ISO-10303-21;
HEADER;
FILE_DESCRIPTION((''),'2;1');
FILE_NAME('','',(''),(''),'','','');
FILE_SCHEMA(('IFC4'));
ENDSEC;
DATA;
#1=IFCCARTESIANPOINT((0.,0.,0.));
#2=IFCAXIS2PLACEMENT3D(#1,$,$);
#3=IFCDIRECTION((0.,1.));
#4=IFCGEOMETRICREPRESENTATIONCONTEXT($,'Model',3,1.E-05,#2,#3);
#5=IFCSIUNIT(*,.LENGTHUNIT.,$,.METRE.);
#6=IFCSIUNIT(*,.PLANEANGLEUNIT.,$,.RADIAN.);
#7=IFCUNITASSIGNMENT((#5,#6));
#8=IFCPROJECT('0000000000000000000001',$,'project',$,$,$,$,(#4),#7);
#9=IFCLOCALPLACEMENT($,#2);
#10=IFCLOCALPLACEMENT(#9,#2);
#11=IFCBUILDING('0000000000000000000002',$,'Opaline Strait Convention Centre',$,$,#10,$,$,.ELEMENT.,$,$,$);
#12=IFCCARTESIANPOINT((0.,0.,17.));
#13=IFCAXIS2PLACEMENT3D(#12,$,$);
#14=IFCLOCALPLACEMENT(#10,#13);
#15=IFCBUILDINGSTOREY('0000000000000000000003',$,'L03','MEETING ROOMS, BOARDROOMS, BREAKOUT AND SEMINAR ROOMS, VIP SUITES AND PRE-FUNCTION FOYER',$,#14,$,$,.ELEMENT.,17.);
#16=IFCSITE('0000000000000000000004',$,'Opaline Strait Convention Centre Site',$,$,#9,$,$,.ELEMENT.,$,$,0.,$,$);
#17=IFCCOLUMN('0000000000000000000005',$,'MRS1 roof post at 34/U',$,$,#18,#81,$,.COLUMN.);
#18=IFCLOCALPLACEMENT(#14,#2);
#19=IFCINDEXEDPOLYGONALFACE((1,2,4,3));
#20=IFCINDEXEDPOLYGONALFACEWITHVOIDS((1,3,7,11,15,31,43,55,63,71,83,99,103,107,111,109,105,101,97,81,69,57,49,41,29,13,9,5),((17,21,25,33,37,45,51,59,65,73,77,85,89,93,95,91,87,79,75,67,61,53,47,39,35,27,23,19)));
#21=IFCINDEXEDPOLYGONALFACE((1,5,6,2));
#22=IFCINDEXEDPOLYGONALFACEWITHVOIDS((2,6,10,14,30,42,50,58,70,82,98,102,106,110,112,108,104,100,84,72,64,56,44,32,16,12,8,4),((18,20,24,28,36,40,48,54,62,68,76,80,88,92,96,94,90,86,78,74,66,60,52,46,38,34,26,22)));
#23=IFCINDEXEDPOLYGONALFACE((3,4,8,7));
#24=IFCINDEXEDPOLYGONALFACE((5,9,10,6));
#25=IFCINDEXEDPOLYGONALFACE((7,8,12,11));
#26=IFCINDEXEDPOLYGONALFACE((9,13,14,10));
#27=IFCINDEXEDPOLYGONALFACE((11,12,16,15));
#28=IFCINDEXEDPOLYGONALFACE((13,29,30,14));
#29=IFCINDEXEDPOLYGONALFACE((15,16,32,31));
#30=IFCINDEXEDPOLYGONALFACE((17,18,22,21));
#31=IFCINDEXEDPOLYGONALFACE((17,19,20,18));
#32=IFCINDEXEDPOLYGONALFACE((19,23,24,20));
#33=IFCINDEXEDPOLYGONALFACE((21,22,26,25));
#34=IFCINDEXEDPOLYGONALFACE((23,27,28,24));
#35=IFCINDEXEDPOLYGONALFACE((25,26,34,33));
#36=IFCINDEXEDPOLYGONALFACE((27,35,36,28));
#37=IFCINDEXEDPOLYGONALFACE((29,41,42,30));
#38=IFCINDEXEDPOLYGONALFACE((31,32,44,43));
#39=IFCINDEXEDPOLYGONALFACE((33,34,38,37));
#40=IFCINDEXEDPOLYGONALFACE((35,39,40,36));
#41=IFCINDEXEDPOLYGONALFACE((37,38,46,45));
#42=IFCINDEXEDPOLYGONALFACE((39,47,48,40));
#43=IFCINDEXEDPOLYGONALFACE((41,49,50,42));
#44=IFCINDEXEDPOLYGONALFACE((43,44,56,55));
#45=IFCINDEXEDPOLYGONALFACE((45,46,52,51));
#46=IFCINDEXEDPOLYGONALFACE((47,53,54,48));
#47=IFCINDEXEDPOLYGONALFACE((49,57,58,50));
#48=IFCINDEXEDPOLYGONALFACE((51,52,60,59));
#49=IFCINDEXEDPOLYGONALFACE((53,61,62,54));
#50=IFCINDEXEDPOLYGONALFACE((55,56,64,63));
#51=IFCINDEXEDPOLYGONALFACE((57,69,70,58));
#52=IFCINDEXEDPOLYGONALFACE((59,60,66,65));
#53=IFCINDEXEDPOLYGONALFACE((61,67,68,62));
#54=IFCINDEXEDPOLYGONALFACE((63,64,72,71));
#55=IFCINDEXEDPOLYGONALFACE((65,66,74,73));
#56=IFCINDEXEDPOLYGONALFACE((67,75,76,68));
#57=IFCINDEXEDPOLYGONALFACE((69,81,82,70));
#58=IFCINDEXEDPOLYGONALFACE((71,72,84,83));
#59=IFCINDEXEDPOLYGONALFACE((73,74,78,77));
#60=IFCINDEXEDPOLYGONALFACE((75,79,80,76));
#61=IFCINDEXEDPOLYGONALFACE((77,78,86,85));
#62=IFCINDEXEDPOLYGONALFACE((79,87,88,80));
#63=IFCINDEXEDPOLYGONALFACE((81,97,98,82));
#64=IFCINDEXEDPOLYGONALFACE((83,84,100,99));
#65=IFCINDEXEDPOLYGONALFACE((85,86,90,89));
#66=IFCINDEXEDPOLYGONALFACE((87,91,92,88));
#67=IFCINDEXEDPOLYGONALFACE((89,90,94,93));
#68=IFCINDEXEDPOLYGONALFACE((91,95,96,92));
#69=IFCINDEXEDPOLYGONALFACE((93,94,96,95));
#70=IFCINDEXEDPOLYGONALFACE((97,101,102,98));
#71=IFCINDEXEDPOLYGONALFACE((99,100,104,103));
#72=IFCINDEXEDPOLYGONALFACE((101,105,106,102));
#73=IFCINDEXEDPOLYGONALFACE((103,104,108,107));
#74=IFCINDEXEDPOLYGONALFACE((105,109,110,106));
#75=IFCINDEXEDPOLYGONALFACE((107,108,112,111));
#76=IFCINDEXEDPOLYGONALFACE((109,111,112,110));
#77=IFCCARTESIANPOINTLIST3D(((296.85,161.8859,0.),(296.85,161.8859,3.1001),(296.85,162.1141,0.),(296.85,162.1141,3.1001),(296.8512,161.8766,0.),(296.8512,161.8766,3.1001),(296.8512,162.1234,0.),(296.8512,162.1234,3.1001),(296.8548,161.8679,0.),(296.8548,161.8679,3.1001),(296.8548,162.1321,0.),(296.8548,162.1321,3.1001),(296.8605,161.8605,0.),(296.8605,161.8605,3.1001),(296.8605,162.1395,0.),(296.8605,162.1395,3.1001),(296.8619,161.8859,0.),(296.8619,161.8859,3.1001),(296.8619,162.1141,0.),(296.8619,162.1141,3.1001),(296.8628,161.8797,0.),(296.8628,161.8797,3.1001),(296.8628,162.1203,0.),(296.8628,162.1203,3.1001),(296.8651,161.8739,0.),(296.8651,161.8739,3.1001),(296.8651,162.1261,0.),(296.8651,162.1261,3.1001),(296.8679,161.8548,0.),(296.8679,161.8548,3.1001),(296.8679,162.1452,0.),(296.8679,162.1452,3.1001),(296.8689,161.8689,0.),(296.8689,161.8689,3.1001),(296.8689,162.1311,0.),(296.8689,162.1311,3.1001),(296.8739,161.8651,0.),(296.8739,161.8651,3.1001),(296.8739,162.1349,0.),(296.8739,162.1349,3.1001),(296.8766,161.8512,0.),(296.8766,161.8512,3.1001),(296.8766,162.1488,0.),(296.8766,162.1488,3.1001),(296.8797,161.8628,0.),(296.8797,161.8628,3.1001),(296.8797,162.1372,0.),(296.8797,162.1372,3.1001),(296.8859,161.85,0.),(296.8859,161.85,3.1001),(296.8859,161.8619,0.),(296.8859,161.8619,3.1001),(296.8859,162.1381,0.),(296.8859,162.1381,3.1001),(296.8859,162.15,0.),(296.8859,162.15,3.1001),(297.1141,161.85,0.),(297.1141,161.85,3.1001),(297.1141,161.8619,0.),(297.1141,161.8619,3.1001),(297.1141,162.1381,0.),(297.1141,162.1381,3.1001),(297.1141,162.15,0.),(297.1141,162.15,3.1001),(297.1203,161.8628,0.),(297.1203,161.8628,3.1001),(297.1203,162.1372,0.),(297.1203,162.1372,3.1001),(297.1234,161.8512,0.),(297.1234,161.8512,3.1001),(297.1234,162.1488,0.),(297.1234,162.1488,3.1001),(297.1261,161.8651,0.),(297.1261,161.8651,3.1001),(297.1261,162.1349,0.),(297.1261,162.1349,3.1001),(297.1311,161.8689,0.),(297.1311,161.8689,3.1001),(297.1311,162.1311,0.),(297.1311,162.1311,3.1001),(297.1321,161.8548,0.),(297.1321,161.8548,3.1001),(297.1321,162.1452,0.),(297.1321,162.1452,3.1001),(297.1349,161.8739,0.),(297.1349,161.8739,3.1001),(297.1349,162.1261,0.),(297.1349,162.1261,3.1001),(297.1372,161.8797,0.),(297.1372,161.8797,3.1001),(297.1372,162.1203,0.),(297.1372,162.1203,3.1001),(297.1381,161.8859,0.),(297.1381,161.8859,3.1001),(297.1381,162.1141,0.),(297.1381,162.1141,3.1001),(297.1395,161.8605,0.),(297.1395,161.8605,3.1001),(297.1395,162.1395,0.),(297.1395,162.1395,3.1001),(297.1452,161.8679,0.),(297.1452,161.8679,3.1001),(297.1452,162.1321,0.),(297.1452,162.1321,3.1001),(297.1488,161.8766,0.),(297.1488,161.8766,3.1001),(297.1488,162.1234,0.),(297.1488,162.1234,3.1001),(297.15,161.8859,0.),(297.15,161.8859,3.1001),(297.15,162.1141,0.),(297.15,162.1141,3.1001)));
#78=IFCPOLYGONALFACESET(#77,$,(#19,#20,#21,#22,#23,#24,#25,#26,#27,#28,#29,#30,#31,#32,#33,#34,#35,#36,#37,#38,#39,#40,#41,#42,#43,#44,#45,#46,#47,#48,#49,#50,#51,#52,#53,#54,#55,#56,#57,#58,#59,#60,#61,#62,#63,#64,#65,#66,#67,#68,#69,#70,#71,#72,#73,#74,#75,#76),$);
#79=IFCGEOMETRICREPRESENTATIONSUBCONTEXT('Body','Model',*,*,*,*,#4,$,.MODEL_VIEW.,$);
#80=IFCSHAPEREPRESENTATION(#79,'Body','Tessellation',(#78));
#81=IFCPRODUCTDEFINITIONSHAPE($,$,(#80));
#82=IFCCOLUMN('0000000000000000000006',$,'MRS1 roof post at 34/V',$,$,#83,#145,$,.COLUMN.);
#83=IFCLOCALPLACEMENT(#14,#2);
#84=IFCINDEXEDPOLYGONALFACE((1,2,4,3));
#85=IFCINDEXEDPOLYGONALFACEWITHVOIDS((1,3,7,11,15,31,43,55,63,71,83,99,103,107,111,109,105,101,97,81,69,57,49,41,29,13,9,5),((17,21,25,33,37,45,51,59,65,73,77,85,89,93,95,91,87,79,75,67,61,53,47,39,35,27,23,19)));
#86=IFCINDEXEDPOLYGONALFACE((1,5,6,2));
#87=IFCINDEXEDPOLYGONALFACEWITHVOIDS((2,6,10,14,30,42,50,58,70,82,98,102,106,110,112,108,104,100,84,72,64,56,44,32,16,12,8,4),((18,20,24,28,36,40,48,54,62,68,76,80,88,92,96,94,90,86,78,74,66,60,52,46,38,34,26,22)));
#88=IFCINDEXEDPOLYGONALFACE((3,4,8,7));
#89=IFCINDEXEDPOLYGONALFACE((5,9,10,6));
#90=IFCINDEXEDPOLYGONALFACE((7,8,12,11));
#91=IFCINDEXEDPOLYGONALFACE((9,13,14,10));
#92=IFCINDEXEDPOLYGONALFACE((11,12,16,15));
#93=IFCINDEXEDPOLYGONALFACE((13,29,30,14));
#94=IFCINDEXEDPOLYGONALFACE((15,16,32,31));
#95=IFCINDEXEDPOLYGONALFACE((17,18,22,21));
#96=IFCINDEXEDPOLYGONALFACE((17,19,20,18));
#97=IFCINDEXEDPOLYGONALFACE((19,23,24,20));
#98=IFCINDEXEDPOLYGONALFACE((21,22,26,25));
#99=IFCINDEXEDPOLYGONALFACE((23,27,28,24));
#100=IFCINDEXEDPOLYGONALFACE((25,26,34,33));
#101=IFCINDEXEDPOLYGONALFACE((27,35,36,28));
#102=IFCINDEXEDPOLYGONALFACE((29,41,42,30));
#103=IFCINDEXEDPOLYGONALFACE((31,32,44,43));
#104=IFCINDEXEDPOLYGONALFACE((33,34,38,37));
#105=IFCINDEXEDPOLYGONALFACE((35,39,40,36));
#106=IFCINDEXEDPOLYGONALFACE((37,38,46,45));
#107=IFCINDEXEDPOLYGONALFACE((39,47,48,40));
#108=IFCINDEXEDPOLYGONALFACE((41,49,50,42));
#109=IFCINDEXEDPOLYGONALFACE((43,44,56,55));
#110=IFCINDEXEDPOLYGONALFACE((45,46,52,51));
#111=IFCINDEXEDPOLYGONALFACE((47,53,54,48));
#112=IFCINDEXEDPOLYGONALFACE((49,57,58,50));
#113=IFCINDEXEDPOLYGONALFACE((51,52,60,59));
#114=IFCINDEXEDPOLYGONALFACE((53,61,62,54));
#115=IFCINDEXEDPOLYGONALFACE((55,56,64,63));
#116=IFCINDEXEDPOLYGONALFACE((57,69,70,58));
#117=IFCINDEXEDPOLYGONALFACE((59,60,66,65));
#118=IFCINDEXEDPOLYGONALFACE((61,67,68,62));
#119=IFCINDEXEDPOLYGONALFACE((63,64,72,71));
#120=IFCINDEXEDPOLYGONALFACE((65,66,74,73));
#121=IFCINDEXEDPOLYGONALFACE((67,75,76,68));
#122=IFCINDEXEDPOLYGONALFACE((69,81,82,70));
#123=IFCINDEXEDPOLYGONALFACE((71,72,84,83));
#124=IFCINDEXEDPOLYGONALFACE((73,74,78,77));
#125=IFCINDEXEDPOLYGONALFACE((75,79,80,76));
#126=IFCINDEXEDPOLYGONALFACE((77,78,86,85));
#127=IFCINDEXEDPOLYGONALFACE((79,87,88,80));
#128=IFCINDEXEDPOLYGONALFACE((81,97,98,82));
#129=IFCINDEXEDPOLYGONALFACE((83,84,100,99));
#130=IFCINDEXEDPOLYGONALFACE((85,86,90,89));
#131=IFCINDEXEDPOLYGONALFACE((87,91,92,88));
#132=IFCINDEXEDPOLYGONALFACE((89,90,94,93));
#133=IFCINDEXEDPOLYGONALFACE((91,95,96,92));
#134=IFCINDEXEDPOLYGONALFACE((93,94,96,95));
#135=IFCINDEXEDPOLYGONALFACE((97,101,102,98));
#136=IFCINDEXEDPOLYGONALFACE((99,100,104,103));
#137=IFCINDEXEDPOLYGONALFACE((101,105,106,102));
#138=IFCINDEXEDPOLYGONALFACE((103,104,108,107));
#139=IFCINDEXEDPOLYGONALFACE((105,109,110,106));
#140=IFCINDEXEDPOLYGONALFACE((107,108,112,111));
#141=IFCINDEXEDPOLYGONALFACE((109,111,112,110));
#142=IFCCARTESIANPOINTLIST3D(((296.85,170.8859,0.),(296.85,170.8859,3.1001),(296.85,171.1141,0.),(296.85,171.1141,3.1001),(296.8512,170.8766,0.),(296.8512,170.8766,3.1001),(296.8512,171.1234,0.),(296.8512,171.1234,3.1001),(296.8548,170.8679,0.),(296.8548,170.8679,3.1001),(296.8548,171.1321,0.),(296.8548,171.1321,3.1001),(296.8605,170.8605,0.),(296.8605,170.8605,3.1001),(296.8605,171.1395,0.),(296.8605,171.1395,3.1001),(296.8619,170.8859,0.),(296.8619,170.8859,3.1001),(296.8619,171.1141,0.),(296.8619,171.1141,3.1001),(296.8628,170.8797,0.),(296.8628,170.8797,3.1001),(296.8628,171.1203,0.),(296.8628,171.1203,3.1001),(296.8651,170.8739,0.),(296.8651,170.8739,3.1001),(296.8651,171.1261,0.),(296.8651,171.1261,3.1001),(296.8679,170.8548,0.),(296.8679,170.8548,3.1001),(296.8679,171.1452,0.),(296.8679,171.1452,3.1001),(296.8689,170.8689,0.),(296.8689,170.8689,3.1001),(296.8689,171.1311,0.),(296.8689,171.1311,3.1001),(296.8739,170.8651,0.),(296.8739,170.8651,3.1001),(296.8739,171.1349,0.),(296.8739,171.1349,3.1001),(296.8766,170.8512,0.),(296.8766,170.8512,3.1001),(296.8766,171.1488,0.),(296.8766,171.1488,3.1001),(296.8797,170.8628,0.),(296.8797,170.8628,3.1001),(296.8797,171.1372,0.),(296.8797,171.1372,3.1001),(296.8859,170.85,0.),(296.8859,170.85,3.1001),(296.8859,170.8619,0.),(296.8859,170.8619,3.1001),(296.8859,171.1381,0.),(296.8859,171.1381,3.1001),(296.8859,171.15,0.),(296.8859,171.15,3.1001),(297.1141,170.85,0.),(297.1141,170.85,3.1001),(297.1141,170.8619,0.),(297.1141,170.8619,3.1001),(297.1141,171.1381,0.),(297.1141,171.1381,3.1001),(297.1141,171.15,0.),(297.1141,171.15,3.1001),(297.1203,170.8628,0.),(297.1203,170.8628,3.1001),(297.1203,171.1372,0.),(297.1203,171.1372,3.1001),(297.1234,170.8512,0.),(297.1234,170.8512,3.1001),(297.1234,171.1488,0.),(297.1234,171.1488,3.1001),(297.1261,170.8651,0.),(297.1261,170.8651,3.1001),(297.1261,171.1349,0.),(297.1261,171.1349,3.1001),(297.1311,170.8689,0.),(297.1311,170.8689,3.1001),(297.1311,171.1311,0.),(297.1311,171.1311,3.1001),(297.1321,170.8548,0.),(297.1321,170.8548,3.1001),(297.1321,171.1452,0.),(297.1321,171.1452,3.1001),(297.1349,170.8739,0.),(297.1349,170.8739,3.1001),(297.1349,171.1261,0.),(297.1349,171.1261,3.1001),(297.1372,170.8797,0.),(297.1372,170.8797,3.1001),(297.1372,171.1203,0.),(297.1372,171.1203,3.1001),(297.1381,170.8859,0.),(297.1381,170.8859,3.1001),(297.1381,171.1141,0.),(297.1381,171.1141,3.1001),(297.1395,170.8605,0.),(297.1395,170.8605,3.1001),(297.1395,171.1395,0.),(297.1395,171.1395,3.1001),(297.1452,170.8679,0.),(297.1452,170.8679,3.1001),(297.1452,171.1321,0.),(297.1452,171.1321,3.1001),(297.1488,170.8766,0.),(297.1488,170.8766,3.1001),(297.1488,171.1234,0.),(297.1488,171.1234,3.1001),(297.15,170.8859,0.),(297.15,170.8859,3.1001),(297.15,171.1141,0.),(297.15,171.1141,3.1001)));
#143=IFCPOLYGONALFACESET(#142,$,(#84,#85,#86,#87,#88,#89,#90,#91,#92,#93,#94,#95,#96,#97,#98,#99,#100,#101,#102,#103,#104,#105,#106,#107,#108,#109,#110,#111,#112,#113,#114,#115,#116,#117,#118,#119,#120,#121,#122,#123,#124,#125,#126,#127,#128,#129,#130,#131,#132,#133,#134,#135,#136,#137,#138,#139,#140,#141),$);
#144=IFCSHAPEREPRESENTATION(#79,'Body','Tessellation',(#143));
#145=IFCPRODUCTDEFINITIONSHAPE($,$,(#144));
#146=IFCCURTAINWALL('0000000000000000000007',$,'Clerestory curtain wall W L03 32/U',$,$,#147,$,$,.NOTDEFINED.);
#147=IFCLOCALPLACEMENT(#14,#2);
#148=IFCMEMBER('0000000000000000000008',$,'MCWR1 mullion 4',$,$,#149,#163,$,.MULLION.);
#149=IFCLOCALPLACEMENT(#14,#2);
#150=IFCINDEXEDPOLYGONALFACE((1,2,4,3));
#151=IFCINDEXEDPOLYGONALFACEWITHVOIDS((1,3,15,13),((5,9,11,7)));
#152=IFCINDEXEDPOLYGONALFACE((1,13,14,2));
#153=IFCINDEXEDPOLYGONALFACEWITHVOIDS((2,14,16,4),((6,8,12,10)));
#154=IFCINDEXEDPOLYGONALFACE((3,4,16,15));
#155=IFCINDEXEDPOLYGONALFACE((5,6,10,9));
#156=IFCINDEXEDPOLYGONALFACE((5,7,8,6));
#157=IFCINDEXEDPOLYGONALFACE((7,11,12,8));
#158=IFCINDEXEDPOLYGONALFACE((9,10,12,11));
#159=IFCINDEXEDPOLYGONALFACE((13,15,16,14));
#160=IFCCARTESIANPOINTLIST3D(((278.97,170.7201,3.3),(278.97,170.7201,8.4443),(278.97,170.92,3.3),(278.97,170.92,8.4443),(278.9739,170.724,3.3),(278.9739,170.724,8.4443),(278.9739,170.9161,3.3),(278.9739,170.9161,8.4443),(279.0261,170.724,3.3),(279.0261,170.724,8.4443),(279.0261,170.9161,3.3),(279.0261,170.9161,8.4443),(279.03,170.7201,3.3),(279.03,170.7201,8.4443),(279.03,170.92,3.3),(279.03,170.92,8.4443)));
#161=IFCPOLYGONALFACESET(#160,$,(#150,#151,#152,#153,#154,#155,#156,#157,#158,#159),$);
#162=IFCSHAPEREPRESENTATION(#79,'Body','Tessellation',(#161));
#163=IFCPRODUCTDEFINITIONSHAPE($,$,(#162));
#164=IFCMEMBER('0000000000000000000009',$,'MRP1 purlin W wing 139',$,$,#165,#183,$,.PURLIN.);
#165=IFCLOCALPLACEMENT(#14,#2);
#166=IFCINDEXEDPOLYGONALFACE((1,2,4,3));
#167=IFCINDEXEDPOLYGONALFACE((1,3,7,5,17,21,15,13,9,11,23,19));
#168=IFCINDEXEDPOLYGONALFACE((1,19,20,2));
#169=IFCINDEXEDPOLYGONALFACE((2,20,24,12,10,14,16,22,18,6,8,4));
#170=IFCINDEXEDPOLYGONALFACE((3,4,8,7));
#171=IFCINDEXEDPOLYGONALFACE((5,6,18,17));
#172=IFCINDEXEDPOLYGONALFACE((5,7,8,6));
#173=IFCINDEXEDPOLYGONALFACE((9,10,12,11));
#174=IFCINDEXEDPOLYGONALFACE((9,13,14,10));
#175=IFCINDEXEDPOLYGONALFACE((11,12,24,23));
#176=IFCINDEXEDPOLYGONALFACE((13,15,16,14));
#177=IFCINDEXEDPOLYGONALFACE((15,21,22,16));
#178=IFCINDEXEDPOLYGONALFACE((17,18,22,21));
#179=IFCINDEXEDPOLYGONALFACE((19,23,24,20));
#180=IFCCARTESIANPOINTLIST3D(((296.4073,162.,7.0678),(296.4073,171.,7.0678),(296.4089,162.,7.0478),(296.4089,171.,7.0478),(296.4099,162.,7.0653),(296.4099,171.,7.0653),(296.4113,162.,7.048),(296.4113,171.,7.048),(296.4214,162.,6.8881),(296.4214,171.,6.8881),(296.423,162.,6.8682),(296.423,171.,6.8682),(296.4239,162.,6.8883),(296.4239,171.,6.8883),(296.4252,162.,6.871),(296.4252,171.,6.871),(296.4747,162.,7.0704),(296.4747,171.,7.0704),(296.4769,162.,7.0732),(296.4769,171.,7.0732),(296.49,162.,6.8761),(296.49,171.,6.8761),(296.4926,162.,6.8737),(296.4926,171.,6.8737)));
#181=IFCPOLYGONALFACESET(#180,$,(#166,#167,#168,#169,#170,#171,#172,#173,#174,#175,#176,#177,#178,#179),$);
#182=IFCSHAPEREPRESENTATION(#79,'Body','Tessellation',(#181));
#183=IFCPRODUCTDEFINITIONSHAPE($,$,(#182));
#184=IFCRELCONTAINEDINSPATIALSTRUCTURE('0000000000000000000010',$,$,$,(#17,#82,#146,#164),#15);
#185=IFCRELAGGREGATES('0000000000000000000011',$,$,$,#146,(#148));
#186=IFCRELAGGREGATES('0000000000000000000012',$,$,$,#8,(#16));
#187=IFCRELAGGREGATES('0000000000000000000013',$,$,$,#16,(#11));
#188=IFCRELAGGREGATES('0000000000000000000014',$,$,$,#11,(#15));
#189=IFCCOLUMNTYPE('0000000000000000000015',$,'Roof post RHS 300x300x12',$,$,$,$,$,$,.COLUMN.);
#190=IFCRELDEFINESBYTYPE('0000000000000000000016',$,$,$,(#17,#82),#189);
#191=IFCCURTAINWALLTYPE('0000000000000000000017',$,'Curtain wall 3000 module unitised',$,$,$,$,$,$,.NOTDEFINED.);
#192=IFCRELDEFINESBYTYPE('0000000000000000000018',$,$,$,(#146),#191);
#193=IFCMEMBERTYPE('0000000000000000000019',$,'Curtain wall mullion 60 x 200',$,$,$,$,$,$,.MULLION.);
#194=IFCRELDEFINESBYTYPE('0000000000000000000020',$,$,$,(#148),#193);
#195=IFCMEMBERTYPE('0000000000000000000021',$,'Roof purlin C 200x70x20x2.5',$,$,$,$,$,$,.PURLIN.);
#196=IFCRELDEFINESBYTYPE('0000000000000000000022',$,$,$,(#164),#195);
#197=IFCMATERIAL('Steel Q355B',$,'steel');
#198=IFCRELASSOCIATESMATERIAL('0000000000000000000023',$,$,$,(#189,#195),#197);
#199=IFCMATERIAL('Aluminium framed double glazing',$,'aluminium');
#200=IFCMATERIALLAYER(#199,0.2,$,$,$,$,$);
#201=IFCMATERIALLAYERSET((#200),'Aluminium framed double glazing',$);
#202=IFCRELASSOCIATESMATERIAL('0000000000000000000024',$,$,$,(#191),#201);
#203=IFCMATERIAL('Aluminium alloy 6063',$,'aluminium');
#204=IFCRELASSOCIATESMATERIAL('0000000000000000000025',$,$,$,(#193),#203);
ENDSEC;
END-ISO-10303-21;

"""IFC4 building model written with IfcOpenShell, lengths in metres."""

from ifc_helpers import new_model, si_unit, direction, frame, origin, origin_2d, place, context, subcontext, project, spatial, polyline, hollow_rectangle, outline, extrude, material, layer, layer_set, material_profile, profile_set, type_object, element, aggregate, save


model = new_model("IFC4")

# Units and contexts
model_context = context("Model", 3, precision=1e-05, world=origin(), true_north=direction((0.0, 1.0)))
body_context = subcontext(model_context, "Body", "Model", "MODEL_VIEW")
ifc_project = project(units=[si_unit("LENGTHUNIT", "METRE"), si_unit("PLANEANGLEUNIT", "RADIAN")], contexts=[model_context])

# Site, building, storey
site_placement = place(None, origin())
site = spatial("IfcSite", under=ifc_project, at=site_placement, Name="Opaline Strait Convention Centre Site", CompositionType="ELEMENT", RefElevation=0.0)
building_placement = place(site_placement, origin())
building = spatial("IfcBuilding", under=site, at=building_placement, Name="Opaline Strait Convention Centre", CompositionType="ELEMENT")
storey_placement = place(building_placement, frame((0.0, 0.0, 17.0)))
storey = spatial("IfcBuildingStorey", under=building, at=storey_placement, Name="L03", Description="MEETING ROOMS, BOARDROOMS, BREAKOUT AND SEMINAR ROOMS, VIP SUITES AND PRE-FUNCTION FOYER", CompositionType="ELEMENT", Elevation=17.0)

# Columns
ifc_material_1 = material(Name="Steel Q355B", Category="steel")
ifc_material_profile_1 = material_profile(ifc_material_1, hollow_rectangle(XDim=0.3, YDim=0.3, WallThickness=0.012, InnerFilletRadius=0.0239, OuterFilletRadius=0.0359, at=origin_2d()), Name="RHS 300x300x12")
ifc_profile_set_1 = profile_set([ifc_material_profile_1], Name="Steel Q355B")
column_type = type_object("IfcColumnType", Name="Roof post RHS 300x300x12", PredefinedType="COLUMN", material=ifc_profile_set_1)
for number, where, z_axis, x_axis, name in (
    (1, (297.0, 162.0, 0.0), (0.0, 0.0, 1.0), (1.0, 0.0, 0.0), "MRS1 roof post at 34/U"),
    (2, (297.0, 171.0, 0.0), (0.0, 0.0, 1.0), (1.0, 0.0, 0.0), "MRS1 roof post at 34/V"),
):
    element("IfcColumn", number, at=place(storey_placement, frame(where, z_axis=z_axis, x_axis=x_axis)), inside=storey, type_object=column_type, Name=name, PredefinedType="COLUMN", context=body_context, shape_type="SweptSolid", body=[
        extrude(hollow_rectangle(XDim=0.3, YDim=0.3, WallThickness=0.012, InnerFilletRadius=0.0239, OuterFilletRadius=0.0359, at=origin_2d()), origin(), (0.0, 0.0, 1.0), 3.1001),
    ])

# Curtain wall, member
ifc_material_2 = material(Name="Aluminium framed double glazing", Category="aluminium")
ifc_layer_1 = layer(ifc_material_2, 0.2)
ifc_layer_set_1 = layer_set([ifc_layer_1], Name="Aluminium framed double glazing")
curtain_wall_type = type_object("IfcCurtainWallType", Name="Curtain wall 3000 module unitised", PredefinedType="NOTDEFINED", material=ifc_layer_set_1)
curtain_wall_placement = place(storey_placement, origin())
curtain_wall = element("IfcCurtainWall", 3, at=curtain_wall_placement, inside=storey, type_object=curtain_wall_type, Name="Clerestory curtain wall W L03 32/U", PredefinedType="NOTDEFINED")
ifc_material_3 = material(Name="Aluminium alloy 6063", Category="aluminium")
ifc_material_profile_2 = material_profile(ifc_material_3, hollow_rectangle(XDim=0.0601, YDim=0.2, WallThickness=0.0039, at=origin_2d()), Name="MULLION 60x200x4")
ifc_profile_set_2 = profile_set([ifc_material_profile_2], Name="Aluminium alloy 6063")
member_type_1 = type_object("IfcMemberType", Name="Curtain wall mullion 60 x 200", PredefinedType="MULLION", material=ifc_profile_set_2)
member_1_placement = place(storey_placement, frame((279.0, 170.8201, 3.3), z_axis=(0.0, 0.0, 1.0), x_axis=(-1.0, 0.0, 0.0)))
member_1 = element("IfcMember", 4, at=member_1_placement, type_object=member_type_1, Name="MCWR1 mullion 4", PredefinedType="MULLION", context=body_context, shape_type="SweptSolid", body=[
    extrude(hollow_rectangle(XDim=0.0601, YDim=0.2, WallThickness=0.0039, at=origin_2d()), origin(), (0.0, 0.0, 1.0), 5.1443),
])

# Member
ifc_material_profile_3 = material_profile(ifc_material_1, outline(polyline([(-0.0349, -0.1001), (0.0349, -0.1001), (0.0349, -0.0801), (0.0325, -0.0801), (0.0325, -0.0974), (-0.0325, -0.0974), (-0.0325, 0.0974), (0.0325, 0.0974), (0.0325, 0.0801), (0.0349, 0.0801), (0.0349, 0.1001), (-0.0349, 0.1001), (-0.0349, -0.1001)])), Name="C 200x70x20x2.5")
ifc_profile_set_3 = profile_set([ifc_material_profile_3], Name="Steel Q355B")
member_type_2 = type_object("IfcMemberType", Name="Roof purlin C 200x70x20x2.5", PredefinedType="PURLIN", material=ifc_profile_set_3)
member_2_placement = place(storey_placement, frame((296.45, 162.0, 6.9707), z_axis=(0.0, 1.0, 0.0), x_axis=(-0.996917, 0.0, -0.078459)))
element("IfcMember", 5, at=member_2_placement, inside=storey, type_object=member_type_2, Name="MRP1 purlin W wing 139", PredefinedType="PURLIN", context=body_context, shape_type="SweptSolid", body=[
    extrude(outline(polyline([(-0.0349, -0.1001), (0.0349, -0.1001), (0.0349, -0.0801), (0.0325, -0.0801), (0.0325, -0.0974), (-0.0325, -0.0974), (-0.0325, 0.0974), (0.0325, 0.0974), (0.0325, 0.0801), (0.0349, 0.0801), (0.0349, 0.1001), (-0.0349, 0.1001), (-0.0349, -0.1001)])), origin(), (0.0, 0.0, 1.0), 9.0),
])

aggregate(curtain_wall, [member_1])

save(model, "model.ifc")
